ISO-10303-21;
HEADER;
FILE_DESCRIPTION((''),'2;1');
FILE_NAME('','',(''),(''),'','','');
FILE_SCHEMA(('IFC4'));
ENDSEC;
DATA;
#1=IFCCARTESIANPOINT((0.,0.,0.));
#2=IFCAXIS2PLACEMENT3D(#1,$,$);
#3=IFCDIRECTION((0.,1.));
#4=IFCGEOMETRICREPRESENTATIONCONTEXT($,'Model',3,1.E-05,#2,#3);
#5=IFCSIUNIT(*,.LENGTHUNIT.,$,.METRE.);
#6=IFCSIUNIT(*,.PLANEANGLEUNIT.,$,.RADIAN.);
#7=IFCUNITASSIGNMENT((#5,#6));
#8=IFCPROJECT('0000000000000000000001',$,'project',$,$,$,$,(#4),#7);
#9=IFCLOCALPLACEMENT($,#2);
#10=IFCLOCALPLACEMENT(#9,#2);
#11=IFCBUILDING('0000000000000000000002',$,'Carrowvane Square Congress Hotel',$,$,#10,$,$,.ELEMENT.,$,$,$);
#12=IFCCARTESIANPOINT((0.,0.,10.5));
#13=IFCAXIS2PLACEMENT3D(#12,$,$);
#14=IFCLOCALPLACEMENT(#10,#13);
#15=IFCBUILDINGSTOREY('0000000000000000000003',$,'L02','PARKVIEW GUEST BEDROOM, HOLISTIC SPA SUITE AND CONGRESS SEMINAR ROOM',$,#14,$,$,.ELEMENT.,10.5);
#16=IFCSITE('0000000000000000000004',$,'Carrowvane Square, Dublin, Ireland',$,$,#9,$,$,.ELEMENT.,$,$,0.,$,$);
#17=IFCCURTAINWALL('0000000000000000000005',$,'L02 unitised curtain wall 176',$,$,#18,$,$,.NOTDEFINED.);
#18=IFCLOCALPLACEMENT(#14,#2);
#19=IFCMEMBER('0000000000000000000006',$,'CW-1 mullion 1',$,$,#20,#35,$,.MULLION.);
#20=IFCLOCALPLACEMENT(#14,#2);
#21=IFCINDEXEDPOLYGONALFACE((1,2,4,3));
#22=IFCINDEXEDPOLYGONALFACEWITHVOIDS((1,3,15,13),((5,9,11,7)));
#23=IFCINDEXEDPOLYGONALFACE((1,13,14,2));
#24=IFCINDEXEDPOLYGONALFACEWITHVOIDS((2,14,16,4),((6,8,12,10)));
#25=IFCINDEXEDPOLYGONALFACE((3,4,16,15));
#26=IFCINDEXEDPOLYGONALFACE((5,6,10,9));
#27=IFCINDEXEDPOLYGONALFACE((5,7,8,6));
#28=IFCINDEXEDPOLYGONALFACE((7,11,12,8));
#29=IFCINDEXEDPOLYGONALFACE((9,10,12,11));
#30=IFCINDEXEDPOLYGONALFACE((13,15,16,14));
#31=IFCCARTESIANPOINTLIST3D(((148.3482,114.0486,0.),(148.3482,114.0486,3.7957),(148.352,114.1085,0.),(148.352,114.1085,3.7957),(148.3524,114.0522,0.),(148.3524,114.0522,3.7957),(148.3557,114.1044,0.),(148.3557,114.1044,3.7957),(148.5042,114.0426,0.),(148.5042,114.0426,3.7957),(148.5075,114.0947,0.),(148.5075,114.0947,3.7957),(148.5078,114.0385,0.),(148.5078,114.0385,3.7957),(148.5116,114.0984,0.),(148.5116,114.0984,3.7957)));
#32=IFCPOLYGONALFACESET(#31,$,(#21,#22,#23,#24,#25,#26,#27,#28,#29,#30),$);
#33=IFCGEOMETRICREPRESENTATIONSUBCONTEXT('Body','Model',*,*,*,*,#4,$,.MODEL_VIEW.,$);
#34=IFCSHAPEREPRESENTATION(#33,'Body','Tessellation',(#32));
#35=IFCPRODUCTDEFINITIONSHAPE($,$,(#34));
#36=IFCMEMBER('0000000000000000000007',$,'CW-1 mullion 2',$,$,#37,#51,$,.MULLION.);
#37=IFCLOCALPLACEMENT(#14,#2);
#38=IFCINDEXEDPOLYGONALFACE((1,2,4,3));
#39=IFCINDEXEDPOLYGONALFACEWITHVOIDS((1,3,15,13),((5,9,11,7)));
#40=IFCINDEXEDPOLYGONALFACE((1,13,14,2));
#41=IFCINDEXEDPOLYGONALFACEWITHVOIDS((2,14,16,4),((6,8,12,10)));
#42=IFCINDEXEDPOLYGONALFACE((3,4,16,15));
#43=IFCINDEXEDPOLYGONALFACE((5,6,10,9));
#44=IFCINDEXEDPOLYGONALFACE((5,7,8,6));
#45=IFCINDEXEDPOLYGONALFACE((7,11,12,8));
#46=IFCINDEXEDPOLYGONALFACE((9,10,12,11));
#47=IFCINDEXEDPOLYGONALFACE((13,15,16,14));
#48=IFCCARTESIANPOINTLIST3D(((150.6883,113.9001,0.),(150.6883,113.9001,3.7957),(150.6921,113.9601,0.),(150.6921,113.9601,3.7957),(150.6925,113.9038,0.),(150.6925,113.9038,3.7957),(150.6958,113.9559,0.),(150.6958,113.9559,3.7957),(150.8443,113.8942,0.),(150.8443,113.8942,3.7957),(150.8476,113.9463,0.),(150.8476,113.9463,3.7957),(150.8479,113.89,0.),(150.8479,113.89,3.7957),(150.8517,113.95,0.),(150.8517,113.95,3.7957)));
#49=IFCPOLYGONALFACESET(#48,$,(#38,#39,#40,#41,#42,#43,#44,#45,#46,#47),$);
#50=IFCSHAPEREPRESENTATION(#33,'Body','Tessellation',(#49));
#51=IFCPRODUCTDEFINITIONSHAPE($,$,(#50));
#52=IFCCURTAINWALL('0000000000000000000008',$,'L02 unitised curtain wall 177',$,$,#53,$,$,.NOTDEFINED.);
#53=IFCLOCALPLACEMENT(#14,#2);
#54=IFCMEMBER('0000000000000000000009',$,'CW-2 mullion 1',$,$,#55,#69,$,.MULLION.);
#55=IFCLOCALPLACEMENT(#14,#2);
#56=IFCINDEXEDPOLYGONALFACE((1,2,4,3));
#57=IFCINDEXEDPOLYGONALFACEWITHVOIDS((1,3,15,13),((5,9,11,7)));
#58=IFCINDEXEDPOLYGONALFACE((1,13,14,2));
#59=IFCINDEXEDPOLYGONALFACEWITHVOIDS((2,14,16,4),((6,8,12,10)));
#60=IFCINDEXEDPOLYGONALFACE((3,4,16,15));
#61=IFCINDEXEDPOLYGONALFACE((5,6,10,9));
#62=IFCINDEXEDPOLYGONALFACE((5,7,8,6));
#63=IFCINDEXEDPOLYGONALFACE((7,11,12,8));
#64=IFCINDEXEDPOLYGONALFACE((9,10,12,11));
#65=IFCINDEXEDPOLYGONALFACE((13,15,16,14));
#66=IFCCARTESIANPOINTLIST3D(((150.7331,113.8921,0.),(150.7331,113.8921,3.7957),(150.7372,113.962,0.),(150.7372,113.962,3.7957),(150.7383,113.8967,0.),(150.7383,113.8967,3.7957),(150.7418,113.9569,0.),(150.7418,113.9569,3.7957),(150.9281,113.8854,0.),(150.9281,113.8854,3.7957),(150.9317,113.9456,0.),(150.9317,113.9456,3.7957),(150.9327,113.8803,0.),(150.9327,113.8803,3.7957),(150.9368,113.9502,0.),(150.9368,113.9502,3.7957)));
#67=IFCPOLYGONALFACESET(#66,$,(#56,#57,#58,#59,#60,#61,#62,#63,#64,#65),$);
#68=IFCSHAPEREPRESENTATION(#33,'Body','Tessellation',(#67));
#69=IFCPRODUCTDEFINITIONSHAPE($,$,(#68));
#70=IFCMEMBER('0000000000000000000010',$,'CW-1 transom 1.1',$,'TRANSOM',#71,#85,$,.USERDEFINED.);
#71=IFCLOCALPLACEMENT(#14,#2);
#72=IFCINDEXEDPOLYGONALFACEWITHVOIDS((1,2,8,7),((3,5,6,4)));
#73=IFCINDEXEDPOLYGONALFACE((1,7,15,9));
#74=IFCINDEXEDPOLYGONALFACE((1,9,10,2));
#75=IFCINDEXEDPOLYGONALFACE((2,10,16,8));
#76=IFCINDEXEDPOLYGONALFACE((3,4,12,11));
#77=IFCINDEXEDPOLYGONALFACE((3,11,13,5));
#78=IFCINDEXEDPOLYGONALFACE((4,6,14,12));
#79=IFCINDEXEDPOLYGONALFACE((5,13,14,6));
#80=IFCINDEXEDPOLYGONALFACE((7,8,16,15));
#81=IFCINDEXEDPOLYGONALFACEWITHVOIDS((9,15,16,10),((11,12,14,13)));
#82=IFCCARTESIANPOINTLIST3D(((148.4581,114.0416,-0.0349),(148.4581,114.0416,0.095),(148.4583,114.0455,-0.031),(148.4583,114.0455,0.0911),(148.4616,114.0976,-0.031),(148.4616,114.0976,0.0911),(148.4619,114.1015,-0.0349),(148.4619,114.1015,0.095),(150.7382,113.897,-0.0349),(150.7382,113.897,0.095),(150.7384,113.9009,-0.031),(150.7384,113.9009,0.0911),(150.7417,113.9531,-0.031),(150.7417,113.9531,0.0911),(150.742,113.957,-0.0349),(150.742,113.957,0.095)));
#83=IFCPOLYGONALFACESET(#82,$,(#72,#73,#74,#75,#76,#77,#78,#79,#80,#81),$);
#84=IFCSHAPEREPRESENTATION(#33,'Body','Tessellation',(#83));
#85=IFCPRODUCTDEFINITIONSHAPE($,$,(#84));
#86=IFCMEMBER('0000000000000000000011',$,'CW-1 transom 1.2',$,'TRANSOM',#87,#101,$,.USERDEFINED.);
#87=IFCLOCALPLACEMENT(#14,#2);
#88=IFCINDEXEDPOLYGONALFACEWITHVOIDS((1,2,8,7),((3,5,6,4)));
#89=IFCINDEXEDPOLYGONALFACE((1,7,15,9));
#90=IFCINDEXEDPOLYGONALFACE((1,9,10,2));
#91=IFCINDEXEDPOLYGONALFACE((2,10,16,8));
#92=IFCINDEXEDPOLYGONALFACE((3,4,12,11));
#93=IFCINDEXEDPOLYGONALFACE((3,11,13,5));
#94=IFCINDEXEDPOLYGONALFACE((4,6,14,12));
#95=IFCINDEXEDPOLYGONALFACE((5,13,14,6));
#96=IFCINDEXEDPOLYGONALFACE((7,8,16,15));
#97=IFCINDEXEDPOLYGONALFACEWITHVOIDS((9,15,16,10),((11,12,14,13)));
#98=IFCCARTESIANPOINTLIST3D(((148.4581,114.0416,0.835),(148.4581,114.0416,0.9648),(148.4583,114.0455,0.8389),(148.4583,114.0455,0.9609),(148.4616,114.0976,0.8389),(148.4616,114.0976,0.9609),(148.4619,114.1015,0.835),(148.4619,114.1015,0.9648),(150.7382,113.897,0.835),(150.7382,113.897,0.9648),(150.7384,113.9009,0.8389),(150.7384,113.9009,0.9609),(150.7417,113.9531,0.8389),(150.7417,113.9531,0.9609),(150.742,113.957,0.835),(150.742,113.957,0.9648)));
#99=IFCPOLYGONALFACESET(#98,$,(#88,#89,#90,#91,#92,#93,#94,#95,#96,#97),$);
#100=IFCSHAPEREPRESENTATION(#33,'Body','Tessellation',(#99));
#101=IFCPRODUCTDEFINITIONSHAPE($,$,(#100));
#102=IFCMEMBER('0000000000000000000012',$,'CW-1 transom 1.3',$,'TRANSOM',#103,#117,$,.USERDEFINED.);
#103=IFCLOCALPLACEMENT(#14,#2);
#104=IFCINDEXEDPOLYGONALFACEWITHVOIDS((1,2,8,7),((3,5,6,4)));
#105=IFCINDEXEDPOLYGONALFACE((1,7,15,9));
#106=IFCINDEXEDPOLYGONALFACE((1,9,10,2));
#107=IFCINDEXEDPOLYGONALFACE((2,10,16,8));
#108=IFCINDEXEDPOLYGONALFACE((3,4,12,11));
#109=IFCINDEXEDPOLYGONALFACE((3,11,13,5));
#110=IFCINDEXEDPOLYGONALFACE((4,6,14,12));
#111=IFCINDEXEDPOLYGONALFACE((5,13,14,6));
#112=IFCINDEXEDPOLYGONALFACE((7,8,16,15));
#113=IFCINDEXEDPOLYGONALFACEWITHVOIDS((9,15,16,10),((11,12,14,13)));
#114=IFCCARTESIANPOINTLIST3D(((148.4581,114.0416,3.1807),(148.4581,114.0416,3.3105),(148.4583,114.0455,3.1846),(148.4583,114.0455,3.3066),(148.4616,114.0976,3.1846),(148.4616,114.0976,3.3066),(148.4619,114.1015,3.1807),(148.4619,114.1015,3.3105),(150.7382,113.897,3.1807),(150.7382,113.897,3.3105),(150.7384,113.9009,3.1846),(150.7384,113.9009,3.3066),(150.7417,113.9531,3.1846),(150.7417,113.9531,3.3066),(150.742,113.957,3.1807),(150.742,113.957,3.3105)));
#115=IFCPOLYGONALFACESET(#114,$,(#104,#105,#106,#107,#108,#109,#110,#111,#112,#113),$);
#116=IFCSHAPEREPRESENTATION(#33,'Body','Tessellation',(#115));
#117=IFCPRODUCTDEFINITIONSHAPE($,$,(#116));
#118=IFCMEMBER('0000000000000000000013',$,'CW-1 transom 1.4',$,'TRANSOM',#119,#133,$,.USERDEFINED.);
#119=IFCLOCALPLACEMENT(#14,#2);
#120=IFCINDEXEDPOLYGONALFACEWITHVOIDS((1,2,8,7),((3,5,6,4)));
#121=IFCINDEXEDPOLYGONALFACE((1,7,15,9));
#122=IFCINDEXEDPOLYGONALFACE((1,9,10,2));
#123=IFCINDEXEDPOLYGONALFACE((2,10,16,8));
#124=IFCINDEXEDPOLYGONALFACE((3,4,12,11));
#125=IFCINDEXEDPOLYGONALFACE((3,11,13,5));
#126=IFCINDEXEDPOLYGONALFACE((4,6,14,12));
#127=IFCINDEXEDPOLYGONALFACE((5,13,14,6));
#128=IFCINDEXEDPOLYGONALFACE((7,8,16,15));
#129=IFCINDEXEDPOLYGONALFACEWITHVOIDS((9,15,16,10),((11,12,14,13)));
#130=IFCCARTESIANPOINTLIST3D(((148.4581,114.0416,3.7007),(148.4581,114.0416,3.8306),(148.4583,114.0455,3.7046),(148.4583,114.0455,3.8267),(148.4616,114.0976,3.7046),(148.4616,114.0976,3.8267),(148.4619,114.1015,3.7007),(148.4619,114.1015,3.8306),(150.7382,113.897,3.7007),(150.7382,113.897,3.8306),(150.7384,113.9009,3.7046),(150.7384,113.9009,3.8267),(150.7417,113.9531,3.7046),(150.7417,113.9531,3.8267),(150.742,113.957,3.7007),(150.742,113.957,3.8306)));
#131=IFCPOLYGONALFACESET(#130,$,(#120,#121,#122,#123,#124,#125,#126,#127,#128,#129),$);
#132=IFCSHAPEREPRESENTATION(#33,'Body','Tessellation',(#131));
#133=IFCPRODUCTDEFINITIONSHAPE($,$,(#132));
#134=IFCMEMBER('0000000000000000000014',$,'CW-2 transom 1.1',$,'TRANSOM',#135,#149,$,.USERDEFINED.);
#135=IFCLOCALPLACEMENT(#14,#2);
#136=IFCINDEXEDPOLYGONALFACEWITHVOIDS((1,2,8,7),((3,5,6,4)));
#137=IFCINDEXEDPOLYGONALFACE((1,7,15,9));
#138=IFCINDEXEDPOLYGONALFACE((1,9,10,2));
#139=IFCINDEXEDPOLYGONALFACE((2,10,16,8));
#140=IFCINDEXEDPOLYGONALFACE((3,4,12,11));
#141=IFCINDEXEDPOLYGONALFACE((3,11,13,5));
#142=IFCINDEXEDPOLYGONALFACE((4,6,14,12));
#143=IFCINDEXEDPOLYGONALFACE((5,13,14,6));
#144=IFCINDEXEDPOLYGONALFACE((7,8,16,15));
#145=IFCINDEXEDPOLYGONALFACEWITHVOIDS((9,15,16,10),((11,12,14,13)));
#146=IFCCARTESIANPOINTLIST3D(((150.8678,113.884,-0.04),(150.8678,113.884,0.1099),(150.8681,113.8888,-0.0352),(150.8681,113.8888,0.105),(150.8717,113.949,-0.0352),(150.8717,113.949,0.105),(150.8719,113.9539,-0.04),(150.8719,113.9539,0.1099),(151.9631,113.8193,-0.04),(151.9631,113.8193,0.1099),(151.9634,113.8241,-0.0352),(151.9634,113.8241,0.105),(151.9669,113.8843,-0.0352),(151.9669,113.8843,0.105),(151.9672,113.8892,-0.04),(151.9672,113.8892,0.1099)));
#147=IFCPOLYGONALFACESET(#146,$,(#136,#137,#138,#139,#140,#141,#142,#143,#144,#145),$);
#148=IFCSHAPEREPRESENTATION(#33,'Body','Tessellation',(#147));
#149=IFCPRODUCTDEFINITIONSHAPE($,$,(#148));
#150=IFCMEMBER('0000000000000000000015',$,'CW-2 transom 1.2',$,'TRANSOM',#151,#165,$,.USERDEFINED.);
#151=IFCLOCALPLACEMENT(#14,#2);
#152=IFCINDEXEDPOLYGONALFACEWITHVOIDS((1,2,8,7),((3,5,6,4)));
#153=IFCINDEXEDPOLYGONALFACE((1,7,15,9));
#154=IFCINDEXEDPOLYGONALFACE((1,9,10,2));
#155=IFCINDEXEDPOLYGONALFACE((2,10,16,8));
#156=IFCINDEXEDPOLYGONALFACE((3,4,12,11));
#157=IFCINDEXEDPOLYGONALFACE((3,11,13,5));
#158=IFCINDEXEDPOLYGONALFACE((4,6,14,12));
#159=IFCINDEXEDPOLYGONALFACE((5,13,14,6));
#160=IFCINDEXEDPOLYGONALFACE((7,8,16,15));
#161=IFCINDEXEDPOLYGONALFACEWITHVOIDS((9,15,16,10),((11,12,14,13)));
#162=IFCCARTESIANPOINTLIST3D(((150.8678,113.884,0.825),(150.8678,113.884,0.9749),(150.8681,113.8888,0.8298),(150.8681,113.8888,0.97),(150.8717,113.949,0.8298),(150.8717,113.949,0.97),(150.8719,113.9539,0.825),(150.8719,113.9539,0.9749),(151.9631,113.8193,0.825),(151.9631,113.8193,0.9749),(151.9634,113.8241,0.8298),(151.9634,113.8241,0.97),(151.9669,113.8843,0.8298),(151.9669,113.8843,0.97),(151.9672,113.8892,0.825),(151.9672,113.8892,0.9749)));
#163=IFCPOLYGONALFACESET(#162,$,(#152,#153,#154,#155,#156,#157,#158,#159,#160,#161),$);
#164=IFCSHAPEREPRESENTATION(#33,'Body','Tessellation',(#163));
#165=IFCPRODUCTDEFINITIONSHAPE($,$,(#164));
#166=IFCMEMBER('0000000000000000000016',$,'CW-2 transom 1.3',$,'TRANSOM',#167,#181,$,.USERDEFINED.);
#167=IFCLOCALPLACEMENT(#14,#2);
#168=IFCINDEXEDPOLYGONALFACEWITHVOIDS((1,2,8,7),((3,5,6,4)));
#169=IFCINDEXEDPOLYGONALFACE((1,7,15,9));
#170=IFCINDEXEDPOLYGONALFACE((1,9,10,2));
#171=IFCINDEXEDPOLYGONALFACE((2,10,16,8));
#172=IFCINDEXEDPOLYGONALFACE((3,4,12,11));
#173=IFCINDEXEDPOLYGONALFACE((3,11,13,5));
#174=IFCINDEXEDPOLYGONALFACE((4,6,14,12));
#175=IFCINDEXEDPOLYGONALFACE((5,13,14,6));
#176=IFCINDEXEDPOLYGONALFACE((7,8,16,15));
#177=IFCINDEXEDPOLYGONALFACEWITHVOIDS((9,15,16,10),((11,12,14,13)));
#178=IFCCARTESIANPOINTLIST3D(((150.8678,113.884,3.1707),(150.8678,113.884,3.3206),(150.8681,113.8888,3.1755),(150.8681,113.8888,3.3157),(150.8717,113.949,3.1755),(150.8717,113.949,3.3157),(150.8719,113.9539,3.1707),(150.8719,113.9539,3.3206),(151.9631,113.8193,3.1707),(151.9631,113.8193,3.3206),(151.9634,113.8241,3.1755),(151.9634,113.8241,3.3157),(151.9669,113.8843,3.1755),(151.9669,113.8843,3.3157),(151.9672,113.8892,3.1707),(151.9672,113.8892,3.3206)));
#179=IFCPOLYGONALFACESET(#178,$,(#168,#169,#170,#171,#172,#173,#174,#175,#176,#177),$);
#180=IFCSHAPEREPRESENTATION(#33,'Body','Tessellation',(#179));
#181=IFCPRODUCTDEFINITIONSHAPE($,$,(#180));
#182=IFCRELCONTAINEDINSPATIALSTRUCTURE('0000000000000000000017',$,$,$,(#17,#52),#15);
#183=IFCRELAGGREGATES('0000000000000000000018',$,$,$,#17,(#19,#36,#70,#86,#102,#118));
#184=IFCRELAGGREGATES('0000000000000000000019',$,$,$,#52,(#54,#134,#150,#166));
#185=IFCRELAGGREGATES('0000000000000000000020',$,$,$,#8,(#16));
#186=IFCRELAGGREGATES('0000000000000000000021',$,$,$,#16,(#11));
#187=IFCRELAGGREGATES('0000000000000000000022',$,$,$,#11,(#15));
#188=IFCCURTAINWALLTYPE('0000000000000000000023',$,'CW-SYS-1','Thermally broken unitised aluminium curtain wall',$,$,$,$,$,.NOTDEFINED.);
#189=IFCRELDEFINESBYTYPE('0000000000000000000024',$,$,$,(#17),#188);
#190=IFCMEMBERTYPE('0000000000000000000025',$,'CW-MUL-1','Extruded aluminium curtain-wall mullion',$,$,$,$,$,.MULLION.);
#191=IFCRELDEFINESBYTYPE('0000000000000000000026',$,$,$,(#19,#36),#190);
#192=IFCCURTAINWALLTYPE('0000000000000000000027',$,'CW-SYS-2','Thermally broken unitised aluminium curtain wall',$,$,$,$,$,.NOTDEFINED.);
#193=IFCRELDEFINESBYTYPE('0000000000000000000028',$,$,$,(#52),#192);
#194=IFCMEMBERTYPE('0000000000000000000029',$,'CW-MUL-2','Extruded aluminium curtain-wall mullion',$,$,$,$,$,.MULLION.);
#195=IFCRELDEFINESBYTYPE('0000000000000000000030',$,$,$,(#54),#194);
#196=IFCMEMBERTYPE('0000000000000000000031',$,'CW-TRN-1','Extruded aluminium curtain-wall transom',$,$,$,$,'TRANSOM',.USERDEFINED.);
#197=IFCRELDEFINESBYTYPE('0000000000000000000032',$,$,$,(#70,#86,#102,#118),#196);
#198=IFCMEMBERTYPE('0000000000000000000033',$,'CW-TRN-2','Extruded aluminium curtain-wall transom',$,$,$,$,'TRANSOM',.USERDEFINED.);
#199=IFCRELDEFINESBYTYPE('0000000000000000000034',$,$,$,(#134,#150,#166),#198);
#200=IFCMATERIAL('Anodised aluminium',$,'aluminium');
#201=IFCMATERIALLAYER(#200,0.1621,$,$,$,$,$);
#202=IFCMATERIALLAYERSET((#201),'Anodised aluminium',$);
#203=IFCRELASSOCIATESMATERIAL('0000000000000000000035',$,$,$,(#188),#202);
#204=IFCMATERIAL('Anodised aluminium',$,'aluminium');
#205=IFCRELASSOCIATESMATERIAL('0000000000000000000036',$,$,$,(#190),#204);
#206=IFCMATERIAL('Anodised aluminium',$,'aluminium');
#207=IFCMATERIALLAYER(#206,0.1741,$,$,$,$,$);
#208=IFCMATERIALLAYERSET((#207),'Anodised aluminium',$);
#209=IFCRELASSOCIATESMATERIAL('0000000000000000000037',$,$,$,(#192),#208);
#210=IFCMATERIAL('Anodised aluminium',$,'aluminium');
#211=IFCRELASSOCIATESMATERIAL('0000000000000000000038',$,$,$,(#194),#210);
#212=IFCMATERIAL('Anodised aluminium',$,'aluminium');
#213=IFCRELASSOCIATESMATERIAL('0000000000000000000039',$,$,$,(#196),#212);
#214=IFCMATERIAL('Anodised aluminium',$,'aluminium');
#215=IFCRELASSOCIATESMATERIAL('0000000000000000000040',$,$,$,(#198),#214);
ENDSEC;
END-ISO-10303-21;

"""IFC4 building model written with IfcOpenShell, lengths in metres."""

from ifc_helpers import new_model, si_unit, direction, frame, origin, origin_2d, place, context, subcontext, project, spatial, hollow_rectangle, extrude, material, layer, layer_set, material_profile, profile_set, type_object, element, aggregate, save


model = new_model("IFC4")

# Units and contexts
model_context = context("Model", 3, precision=1e-05, world=origin(), true_north=direction((0.0, 1.0)))
body_context = subcontext(model_context, "Body", "Model", "MODEL_VIEW")
ifc_project = project(units=[si_unit("LENGTHUNIT", "METRE"), si_unit("PLANEANGLEUNIT", "RADIAN")], contexts=[model_context])

# Site, building, storey
site_placement = place(None, origin())
site = spatial("IfcSite", under=ifc_project, at=site_placement, Name="Carrowvane Square, Dublin, Ireland", CompositionType="ELEMENT", RefElevation=0.0)
building_placement = place(site_placement, origin())
building = spatial("IfcBuilding", under=site, at=building_placement, Name="Carrowvane Square Congress Hotel", CompositionType="ELEMENT")
storey_placement = place(building_placement, frame((0.0, 0.0, 10.5)))
storey = spatial("IfcBuildingStorey", under=building, at=storey_placement, Name="L02", Description="PARKVIEW GUEST BEDROOM, HOLISTIC SPA SUITE AND CONGRESS SEMINAR ROOM", CompositionType="ELEMENT", Elevation=10.5)

# Curtain wall, members
ifc_material_1 = material(Name="Anodised aluminium", Category="aluminium")
ifc_layer_1 = layer(ifc_material_1, 0.1621)
ifc_layer_set_1 = layer_set([ifc_layer_1], Name="Anodised aluminium")
curtain_wall_type_1 = type_object("IfcCurtainWallType", Name="CW-SYS-1", Description="Thermally broken unitised aluminium curtain wall", PredefinedType="NOTDEFINED", material=ifc_layer_set_1)
curtain_wall_1_placement = place(storey_placement, origin())
curtain_wall_1 = element("IfcCurtainWall", 1, at=curtain_wall_1_placement, inside=storey, type_object=curtain_wall_type_1, Name="L02 unitised curtain wall 176", PredefinedType="NOTDEFINED")
ifc_material_2 = material(Name="Anodised aluminium", Category="aluminium")
ifc_material_profile_1 = material_profile(ifc_material_2, hollow_rectangle(XDim=0.0601, YDim=0.1599, WallThickness=0.0039, at=origin_2d()), Name="CW-ML 60x160x4")
ifc_profile_set_1 = profile_set([ifc_material_profile_1], Name="Anodised aluminium")
member_type_1 = type_object("IfcMemberType", Name="CW-MUL-1", Description="Extruded aluminium curtain-wall mullion", PredefinedType="MULLION", material=ifc_profile_set_1)
member_1_placement = place(storey_placement, frame((148.4299, 114.0735, 0.0), z_axis=(0.0, 0.0, 1.0), x_axis=(0.063273, 0.997996, 0.0)))
member_1 = element("IfcMember", 2, at=member_1_placement, type_object=member_type_1, Name="CW-1 mullion 1", PredefinedType="MULLION", context=body_context, shape_type="SweptSolid", body=[
    extrude(hollow_rectangle(XDim=0.0601, YDim=0.1599, WallThickness=0.0039, at=origin_2d()), origin(), (0.0, 0.0, 1.0), 3.7957),
])
member_2_placement = place(storey_placement, frame((150.77, 113.925, 0.0), z_axis=(0.0, 0.0, 1.0), x_axis=(0.063273, 0.997996, 0.0)))
member_2 = element("IfcMember", 3, at=member_2_placement, type_object=member_type_1, Name="CW-1 mullion 2", PredefinedType="MULLION", context=body_context, shape_type="SweptSolid", body=[
    extrude(hollow_rectangle(XDim=0.0601, YDim=0.1599, WallThickness=0.0039, at=origin_2d()), origin(), (0.0, 0.0, 1.0), 3.7957),
])

# Curtain wall, member
ifc_material_3 = material(Name="Anodised aluminium", Category="aluminium")
ifc_layer_2 = layer(ifc_material_3, 0.1741)
ifc_layer_set_2 = layer_set([ifc_layer_2], Name="Anodised aluminium")
curtain_wall_type_2 = type_object("IfcCurtainWallType", Name="CW-SYS-2", Description="Thermally broken unitised aluminium curtain wall", PredefinedType="NOTDEFINED", material=ifc_layer_set_2)
curtain_wall_2_placement = place(storey_placement, origin())
curtain_wall_2 = element("IfcCurtainWall", 4, at=curtain_wall_2_placement, inside=storey, type_object=curtain_wall_type_2, Name="L02 unitised curtain wall 177", PredefinedType="NOTDEFINED")
ifc_material_4 = material(Name="Anodised aluminium", Category="aluminium")
ifc_material_profile_2 = material_profile(ifc_material_4, hollow_rectangle(XDim=0.0701, YDim=0.2, WallThickness=0.0049, at=origin_2d()), Name="CW-ML 70x200x5")
ifc_profile_set_2 = profile_set([ifc_material_profile_2], Name="Anodised aluminium")
member_type_2 = type_object("IfcMemberType", Name="CW-MUL-2", Description="Extruded aluminium curtain-wall mullion", PredefinedType="MULLION", material=ifc_profile_set_2)
member_3_placement = place(storey_placement, frame((150.835, 113.9211, 0.0), z_axis=(0.0, 0.0, 1.0), x_axis=(0.058989, 0.998259, 0.0)))
member_3 = element("IfcMember", 5, at=member_3_placement, type_object=member_type_2, Name="CW-2 mullion 1", PredefinedType="MULLION", context=body_context, shape_type="SweptSolid", body=[
    extrude(hollow_rectangle(XDim=0.0701, YDim=0.2, WallThickness=0.0049, at=origin_2d()), origin(), (0.0, 0.0, 1.0), 3.7957),
])

# Members
ifc_material_5 = material(Name="Anodised aluminium", Category="aluminium")
ifc_material_profile_3 = material_profile(ifc_material_5, hollow_rectangle(XDim=0.0601, YDim=0.1299, WallThickness=0.0039, at=origin_2d()), Name="CW-TR 60x130x4")
ifc_profile_set_3 = profile_set([ifc_material_profile_3], Name="Anodised aluminium")
member_type_3 = type_object("IfcMemberType", Name="CW-TRN-1", Description="Extruded aluminium curtain-wall transom", ElementType="TRANSOM", PredefinedType="USERDEFINED", material=ifc_profile_set_3)
member_4_placement = place(storey_placement, frame((148.46, 114.0715, 0.03), z_axis=(0.997997, -0.063263, 0.0), x_axis=(0.063263, 0.997997, 0.0)))
member_4 = element("IfcMember", 6, at=member_4_placement, type_object=member_type_3, Name="CW-1 transom 1.1", ObjectType="TRANSOM", PredefinedType="USERDEFINED", context=body_context, shape_type="SweptSolid", body=[
    extrude(hollow_rectangle(XDim=0.0601, YDim=0.1299, WallThickness=0.0039, at=origin_2d()), origin(), (0.0, 0.0, 1.0), 2.2847),
])
member_5_placement = place(storey_placement, frame((148.46, 114.0715, 0.8999), z_axis=(0.997997, -0.063263, 0.0), x_axis=(0.063263, 0.997997, 0.0)))
member_5 = element("IfcMember", 7, at=member_5_placement, type_object=member_type_3, Name="CW-1 transom 1.2", ObjectType="TRANSOM", PredefinedType="USERDEFINED", context=body_context, shape_type="SweptSolid", body=[
    extrude(hollow_rectangle(XDim=0.0601, YDim=0.1299, WallThickness=0.0039, at=origin_2d()), origin(), (0.0, 0.0, 1.0), 2.2847),
])
member_6_placement = place(storey_placement, frame((148.46, 114.0715, 3.2456), z_axis=(0.997997, -0.063263, 0.0), x_axis=(0.063263, 0.997997, 0.0)))
member_6 = element("IfcMember", 8, at=member_6_placement, type_object=member_type_3, Name="CW-1 transom 1.3", ObjectType="TRANSOM", PredefinedType="USERDEFINED", context=body_context, shape_type="SweptSolid", body=[
    extrude(hollow_rectangle(XDim=0.0601, YDim=0.1299, WallThickness=0.0039, at=origin_2d()), origin(), (0.0, 0.0, 1.0), 2.2847),
])
member_7_placement = place(storey_placement, frame((148.46, 114.0715, 3.7656), z_axis=(0.997997, -0.063263, 0.0), x_axis=(0.063263, 0.997997, 0.0)))
member_7 = element("IfcMember", 9, at=member_7_placement, type_object=member_type_3, Name="CW-1 transom 1.4", ObjectType="TRANSOM", PredefinedType="USERDEFINED", context=body_context, shape_type="SweptSolid", body=[
    extrude(hollow_rectangle(XDim=0.0601, YDim=0.1299, WallThickness=0.0039, at=origin_2d()), origin(), (0.0, 0.0, 1.0), 2.2847),
])
ifc_material_6 = material(Name="Anodised aluminium", Category="aluminium")
ifc_material_profile_4 = material_profile(ifc_material_6, hollow_rectangle(XDim=0.0701, YDim=0.1499, WallThickness=0.0049, at=origin_2d()), Name="CW-TR 70x150x5")
ifc_profile_set_4 = profile_set([ifc_material_profile_4], Name="Anodised aluminium")
member_type_4 = type_object("IfcMemberType", Name="CW-TRN-2", Description="Extruded aluminium curtain-wall transom", ElementType="TRANSOM", PredefinedType="USERDEFINED", material=ifc_profile_set_4)
member_8_placement = place(storey_placement, frame((150.8699, 113.9189, 0.0349), z_axis=(0.99826, -0.05897, 0.0), x_axis=(0.05897, 0.99826, 0.0)))
member_8 = element("IfcMember", 10, at=member_8_placement, type_object=member_type_4, Name="CW-2 transom 1.1", ObjectType="TRANSOM", PredefinedType="USERDEFINED", context=body_context, shape_type="SweptSolid", body=[
    extrude(hollow_rectangle(XDim=0.0701, YDim=0.1499, WallThickness=0.0049, at=origin_2d()), origin(), (0.0, 0.0, 1.0), 1.0972),
])
member_9_placement = place(storey_placement, frame((150.8699, 113.9189, 0.8999), z_axis=(0.99826, -0.05897, 0.0), x_axis=(0.05897, 0.99826, 0.0)))
member_9 = element("IfcMember", 11, at=member_9_placement, type_object=member_type_4, Name="CW-2 transom 1.2", ObjectType="TRANSOM", PredefinedType="USERDEFINED", context=body_context, shape_type="SweptSolid", body=[
    extrude(hollow_rectangle(XDim=0.0701, YDim=0.1499, WallThickness=0.0049, at=origin_2d()), origin(), (0.0, 0.0, 1.0), 1.0972),
])
member_10_placement = place(storey_placement, frame((150.8699, 113.9189, 3.2456), z_axis=(0.99826, -0.05897, 0.0), x_axis=(0.05897, 0.99826, 0.0)))
member_10 = element("IfcMember", 12, at=member_10_placement, type_object=member_type_4, Name="CW-2 transom 1.3", ObjectType="TRANSOM", PredefinedType="USERDEFINED", context=body_context, shape_type="SweptSolid", body=[
    extrude(hollow_rectangle(XDim=0.0701, YDim=0.1499, WallThickness=0.0049, at=origin_2d()), origin(), (0.0, 0.0, 1.0), 1.0972),
])

aggregate(curtain_wall_1, [member_1, member_2, member_4, member_5, member_6, member_7])
aggregate(curtain_wall_2, [member_3, member_8, member_9, member_10])

save(model, "model.ifc")
